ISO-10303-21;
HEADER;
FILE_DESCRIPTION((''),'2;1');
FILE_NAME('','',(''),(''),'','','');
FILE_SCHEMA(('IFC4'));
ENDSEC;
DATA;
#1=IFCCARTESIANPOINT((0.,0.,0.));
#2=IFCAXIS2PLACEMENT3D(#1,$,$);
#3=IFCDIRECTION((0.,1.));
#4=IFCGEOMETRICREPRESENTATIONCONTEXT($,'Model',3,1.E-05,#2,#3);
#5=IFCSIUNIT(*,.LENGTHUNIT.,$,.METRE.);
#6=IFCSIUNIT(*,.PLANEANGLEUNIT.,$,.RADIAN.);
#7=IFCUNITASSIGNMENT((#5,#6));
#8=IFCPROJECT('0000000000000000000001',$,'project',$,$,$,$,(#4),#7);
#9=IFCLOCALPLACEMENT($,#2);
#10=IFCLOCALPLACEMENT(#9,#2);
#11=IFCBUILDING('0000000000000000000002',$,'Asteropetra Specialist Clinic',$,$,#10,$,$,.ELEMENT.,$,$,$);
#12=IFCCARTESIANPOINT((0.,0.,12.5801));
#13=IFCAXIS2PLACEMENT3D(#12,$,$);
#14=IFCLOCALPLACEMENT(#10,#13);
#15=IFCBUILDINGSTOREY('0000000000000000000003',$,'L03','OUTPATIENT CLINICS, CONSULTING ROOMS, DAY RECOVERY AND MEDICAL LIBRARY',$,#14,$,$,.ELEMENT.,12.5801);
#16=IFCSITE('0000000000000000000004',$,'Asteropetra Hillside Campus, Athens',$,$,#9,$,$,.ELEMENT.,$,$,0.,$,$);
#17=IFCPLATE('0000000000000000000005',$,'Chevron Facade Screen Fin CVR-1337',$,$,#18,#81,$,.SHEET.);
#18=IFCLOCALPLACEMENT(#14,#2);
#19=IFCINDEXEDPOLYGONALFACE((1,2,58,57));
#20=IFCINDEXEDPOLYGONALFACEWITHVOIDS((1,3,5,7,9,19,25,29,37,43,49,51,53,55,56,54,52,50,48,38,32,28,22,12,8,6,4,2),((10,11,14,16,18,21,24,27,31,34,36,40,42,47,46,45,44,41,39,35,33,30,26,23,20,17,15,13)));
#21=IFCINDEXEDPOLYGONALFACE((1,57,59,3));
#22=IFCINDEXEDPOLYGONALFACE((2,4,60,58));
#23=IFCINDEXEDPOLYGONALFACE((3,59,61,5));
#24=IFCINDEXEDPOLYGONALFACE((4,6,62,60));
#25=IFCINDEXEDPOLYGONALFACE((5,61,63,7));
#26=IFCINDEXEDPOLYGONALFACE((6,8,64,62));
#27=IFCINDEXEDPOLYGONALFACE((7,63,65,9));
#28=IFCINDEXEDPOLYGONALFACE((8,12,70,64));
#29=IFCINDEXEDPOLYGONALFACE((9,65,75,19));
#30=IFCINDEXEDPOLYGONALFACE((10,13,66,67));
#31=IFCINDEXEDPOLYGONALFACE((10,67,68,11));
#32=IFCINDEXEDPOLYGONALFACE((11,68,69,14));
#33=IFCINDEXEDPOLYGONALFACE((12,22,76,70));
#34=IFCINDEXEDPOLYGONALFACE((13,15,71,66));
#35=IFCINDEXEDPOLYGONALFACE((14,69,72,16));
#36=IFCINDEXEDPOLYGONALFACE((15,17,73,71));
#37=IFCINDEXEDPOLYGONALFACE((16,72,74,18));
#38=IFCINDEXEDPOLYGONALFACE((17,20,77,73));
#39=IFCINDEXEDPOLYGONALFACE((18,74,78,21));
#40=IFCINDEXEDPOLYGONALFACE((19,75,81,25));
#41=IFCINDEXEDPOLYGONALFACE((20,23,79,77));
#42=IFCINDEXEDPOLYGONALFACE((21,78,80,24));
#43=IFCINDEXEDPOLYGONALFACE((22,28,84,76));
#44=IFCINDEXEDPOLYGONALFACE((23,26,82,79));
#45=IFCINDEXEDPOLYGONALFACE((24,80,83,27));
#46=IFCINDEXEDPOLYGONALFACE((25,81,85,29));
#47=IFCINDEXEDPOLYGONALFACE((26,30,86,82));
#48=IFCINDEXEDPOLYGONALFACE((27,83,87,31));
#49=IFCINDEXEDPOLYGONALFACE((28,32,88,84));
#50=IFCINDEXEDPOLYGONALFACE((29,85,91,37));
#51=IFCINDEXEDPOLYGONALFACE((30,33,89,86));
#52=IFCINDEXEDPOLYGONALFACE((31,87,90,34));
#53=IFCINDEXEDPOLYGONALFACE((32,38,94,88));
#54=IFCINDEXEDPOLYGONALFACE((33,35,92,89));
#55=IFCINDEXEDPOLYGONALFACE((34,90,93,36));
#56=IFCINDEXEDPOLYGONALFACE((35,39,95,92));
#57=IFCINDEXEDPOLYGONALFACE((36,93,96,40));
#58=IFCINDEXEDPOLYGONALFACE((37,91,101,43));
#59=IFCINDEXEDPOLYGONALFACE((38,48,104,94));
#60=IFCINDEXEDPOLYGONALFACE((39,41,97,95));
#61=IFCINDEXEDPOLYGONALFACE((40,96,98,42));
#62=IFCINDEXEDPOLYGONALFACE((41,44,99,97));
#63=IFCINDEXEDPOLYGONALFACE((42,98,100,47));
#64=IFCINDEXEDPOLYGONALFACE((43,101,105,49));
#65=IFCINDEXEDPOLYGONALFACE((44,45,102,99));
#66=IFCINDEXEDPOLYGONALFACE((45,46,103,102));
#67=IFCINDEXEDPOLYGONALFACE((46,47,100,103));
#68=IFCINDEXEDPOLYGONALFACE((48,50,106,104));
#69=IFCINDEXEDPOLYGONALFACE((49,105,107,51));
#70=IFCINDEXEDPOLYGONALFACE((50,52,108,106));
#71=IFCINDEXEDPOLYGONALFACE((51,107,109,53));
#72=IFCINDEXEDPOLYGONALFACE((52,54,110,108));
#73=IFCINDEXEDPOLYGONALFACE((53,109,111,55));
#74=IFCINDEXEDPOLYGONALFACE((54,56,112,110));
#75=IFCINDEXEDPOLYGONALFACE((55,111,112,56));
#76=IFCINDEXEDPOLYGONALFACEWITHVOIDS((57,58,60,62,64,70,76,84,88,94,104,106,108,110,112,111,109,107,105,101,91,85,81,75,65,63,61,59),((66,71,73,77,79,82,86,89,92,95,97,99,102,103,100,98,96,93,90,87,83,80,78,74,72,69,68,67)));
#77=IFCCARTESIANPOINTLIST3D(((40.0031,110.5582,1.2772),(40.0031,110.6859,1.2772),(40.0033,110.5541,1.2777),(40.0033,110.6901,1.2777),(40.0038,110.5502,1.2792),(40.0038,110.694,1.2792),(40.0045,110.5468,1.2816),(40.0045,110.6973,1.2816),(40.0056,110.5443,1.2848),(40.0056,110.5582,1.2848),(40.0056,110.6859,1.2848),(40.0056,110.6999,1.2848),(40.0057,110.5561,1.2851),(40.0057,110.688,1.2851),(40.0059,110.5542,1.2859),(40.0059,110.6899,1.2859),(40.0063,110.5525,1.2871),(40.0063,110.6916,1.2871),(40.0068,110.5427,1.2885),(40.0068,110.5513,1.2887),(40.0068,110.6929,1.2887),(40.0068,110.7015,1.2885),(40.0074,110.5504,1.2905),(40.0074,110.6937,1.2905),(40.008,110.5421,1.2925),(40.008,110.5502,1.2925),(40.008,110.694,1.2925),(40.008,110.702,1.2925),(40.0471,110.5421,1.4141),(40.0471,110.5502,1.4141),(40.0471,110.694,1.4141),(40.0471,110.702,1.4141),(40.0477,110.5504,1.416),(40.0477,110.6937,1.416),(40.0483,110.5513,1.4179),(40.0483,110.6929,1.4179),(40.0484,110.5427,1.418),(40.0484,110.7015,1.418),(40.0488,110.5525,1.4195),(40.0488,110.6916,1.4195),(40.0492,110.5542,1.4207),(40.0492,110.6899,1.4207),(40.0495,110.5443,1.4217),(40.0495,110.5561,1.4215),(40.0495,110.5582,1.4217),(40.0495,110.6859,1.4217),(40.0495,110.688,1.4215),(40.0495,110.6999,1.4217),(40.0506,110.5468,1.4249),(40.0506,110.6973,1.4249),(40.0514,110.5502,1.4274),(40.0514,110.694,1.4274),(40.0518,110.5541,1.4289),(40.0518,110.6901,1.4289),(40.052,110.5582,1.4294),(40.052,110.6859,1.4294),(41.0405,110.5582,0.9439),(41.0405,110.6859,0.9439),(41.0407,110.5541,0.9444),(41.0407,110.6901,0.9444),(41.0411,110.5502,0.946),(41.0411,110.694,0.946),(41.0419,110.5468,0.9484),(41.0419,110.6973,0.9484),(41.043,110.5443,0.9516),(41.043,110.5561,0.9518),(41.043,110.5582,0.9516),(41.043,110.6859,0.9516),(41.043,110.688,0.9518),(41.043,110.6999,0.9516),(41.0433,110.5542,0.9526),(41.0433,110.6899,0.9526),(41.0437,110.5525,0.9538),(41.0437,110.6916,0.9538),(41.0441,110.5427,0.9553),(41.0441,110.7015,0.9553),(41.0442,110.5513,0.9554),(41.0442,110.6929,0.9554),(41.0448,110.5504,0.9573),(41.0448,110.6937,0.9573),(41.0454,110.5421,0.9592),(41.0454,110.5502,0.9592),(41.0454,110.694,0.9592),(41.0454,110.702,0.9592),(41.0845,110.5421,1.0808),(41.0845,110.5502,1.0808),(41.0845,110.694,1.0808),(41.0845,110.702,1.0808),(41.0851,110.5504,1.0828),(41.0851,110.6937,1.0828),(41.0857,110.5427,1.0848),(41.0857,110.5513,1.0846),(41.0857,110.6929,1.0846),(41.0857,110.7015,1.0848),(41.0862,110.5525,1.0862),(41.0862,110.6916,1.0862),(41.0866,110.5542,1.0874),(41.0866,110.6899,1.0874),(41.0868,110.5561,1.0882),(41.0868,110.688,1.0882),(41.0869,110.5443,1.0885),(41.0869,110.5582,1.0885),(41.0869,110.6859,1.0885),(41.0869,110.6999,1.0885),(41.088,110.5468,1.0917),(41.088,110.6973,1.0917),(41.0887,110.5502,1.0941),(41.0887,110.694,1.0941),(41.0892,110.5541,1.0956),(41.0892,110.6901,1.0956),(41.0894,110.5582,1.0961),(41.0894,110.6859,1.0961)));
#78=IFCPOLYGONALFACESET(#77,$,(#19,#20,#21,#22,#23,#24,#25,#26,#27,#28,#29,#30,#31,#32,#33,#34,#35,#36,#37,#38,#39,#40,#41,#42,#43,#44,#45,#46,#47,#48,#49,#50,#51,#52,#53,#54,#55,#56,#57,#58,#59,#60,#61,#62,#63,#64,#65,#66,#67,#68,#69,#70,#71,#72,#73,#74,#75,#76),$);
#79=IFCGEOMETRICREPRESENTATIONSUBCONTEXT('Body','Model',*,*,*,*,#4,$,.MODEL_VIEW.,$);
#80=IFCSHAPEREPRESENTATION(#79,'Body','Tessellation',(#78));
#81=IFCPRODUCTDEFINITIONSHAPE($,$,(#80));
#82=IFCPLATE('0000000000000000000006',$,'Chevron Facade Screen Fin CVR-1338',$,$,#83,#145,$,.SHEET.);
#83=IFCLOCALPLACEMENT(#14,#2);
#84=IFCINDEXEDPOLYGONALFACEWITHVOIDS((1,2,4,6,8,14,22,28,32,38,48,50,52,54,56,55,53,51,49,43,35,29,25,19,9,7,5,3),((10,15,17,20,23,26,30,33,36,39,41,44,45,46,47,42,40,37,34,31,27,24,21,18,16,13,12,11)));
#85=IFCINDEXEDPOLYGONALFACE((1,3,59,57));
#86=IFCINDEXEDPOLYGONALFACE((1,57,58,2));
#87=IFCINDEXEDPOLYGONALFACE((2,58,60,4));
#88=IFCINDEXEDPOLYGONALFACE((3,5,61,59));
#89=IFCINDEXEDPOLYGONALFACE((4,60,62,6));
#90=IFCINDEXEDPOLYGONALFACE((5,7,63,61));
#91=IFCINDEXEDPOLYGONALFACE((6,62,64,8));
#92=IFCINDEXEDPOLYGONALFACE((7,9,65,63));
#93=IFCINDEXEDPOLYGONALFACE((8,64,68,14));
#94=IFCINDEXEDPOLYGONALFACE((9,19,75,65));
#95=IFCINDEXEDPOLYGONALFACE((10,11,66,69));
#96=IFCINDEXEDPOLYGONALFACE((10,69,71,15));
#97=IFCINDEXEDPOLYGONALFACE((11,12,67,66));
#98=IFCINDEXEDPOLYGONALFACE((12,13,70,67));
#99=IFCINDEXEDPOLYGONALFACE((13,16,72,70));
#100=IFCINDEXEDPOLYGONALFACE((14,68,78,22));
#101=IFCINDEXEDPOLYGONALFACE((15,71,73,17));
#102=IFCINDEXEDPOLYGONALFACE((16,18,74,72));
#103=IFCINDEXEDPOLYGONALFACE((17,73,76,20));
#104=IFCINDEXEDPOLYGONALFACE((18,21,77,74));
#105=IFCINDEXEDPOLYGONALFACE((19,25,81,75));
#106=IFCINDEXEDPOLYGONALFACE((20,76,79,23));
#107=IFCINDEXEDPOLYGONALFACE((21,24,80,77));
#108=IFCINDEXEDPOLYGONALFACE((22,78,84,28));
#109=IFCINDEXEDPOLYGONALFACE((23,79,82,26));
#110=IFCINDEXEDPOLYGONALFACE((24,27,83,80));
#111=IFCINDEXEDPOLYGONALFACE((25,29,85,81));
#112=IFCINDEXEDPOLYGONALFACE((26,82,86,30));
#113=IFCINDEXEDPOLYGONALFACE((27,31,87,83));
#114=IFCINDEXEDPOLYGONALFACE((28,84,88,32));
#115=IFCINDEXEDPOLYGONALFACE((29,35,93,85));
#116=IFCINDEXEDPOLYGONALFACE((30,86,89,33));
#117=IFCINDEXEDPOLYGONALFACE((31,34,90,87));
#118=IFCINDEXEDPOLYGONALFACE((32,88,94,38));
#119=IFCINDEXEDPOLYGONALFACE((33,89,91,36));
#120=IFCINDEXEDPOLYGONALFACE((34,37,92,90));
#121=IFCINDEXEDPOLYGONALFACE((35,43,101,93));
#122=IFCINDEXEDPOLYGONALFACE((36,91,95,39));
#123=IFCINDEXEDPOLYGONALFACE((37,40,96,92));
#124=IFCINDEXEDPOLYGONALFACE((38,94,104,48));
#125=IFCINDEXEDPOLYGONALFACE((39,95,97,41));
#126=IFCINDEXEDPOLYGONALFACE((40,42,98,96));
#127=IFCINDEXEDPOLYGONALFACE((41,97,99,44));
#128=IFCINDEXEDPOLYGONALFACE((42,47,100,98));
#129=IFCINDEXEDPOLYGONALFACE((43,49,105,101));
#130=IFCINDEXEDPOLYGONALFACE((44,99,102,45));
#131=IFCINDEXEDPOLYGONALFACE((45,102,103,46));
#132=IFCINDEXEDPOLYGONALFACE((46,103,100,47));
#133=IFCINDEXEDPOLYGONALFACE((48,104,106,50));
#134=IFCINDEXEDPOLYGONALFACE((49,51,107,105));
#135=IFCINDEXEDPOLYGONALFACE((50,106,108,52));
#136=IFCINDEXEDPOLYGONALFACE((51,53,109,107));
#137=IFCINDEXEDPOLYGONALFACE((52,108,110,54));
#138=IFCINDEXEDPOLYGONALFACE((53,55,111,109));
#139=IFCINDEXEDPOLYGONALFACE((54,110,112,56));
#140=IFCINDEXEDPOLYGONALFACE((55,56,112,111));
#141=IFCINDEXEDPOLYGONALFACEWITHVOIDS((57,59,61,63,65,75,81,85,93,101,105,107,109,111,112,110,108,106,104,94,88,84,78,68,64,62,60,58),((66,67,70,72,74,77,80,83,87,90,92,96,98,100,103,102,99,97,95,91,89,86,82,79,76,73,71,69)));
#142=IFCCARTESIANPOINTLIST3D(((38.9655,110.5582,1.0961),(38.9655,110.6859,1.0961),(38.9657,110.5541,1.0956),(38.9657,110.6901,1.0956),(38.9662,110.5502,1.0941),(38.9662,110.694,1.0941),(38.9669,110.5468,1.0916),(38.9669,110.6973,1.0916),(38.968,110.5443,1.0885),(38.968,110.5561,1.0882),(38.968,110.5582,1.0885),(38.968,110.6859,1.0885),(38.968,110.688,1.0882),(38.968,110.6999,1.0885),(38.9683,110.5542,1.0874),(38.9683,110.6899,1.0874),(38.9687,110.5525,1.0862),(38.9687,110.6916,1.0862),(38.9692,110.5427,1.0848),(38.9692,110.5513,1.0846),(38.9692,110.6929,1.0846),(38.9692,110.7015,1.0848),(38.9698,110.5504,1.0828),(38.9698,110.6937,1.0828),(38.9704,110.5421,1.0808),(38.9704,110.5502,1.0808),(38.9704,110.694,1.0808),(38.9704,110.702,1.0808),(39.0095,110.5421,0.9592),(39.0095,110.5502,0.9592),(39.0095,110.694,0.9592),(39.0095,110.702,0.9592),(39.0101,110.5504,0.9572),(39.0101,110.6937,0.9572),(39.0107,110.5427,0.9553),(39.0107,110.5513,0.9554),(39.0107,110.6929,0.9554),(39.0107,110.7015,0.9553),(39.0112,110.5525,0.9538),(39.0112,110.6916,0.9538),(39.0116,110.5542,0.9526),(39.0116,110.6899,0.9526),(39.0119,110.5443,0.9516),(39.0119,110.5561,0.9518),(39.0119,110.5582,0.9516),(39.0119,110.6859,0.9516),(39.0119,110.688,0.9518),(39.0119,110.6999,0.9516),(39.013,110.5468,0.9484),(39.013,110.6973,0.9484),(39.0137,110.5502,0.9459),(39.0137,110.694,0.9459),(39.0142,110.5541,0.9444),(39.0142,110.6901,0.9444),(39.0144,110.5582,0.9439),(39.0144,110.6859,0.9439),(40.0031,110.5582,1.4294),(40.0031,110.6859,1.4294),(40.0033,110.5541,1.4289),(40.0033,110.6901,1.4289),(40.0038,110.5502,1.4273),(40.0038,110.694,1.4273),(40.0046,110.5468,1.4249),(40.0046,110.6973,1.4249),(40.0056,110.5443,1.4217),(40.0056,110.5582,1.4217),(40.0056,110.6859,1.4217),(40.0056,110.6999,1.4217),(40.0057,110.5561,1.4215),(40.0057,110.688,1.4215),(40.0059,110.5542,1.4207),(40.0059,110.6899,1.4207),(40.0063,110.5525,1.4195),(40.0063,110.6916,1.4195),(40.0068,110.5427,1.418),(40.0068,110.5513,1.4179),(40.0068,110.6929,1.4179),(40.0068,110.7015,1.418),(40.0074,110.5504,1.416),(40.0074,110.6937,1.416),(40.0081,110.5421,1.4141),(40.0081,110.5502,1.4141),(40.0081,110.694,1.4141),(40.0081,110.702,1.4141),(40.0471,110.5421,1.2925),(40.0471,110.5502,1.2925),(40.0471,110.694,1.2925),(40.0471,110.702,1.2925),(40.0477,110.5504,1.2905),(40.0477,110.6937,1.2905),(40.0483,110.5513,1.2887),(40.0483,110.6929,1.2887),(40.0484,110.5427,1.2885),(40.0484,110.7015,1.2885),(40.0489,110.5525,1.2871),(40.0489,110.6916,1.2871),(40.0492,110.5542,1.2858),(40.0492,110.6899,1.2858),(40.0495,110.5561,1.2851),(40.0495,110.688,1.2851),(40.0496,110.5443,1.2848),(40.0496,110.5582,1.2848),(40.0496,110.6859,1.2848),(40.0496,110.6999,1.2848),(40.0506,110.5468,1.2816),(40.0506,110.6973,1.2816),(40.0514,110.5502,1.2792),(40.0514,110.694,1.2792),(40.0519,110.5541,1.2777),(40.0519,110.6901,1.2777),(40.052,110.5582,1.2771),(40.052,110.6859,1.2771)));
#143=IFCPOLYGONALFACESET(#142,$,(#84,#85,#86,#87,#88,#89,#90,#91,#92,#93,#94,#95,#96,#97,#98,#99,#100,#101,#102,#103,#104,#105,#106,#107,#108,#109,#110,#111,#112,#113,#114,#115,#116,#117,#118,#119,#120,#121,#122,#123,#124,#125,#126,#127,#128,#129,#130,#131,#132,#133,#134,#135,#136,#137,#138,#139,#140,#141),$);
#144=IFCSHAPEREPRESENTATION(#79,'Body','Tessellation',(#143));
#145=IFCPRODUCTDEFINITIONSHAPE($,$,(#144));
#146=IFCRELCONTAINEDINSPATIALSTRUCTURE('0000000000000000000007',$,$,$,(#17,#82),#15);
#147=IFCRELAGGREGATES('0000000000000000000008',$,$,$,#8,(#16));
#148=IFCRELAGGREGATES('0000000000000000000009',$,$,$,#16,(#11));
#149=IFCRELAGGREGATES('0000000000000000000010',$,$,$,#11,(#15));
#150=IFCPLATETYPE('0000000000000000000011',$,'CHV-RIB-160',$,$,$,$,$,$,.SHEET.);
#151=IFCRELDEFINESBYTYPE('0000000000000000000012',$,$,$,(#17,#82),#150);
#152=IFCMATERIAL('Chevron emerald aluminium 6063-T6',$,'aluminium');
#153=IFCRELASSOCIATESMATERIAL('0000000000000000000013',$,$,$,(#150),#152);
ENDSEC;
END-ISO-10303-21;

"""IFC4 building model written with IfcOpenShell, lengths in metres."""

from ifc_helpers import new_model, si_unit, direction, frame, origin, origin_2d, place, context, subcontext, project, spatial, hollow_rectangle, extrude, material, material_profile, profile_set, type_object, element, save


model = new_model("IFC4")

# Units and contexts
model_context = context("Model", 3, precision=1e-05, world=origin(), true_north=direction((0.0, 1.0)))
body_context = subcontext(model_context, "Body", "Model", "MODEL_VIEW")
ifc_project = project(units=[si_unit("LENGTHUNIT", "METRE"), si_unit("PLANEANGLEUNIT", "RADIAN")], contexts=[model_context])

# Site, building, storey
site_placement = place(None, origin())
site = spatial("IfcSite", under=ifc_project, at=site_placement, Name="Asteropetra Hillside Campus, Athens", CompositionType="ELEMENT", RefElevation=0.0)
building_placement = place(site_placement, origin())
building = spatial("IfcBuilding", under=site, at=building_placement, Name="Asteropetra Specialist Clinic", CompositionType="ELEMENT")
storey_placement = place(building_placement, frame((0.0, 0.0, 12.5801)))
storey = spatial("IfcBuildingStorey", under=building, at=storey_placement, Name="L03", Description="OUTPATIENT CLINICS, CONSULTING ROOMS, DAY RECOVERY AND MEDICAL LIBRARY", CompositionType="ELEMENT", Elevation=12.5801)

# Plates
ifc_material_1 = material(Name="Chevron emerald aluminium 6063-T6", Category="aluminium")
ifc_material_profile = material_profile(ifc_material_1, hollow_rectangle(XDim=0.1599, YDim=0.1599, WallThickness=0.0081, InnerFilletRadius=0.0081, OuterFilletRadius=0.0161, at=origin_2d()), Name="SHS 160x160x8.0")
ifc_profile_set = profile_set([ifc_material_profile], Name="Chevron emerald aluminium 6063-T6")
plate_type_1 = type_object("IfcPlateType", Name="CHV-RIB-160", PredefinedType="SHEET", material=ifc_profile_set)
plate_1_placement = place(storey_placement, frame((41.0649, 110.6221, 1.02), z_axis=(-0.952078, 0.0, 0.305857), x_axis=(0.0, -1.0, 0.0)))
element("IfcPlate", 1, at=plate_1_placement, inside=storey, type_object=plate_type_1, Name="Chevron Facade Screen Fin CVR-1337", PredefinedType="SHEET", context=body_context, shape_type="SweptSolid", body=[
    extrude(hollow_rectangle(XDim=0.1599, YDim=0.1599, WallThickness=0.0081, InnerFilletRadius=0.0081, OuterFilletRadius=0.0161, at=origin_2d()), origin(), (0.0, 0.0, 1.0), 1.0896),
])
plate_2_placement = place(storey_placement, frame((40.0276, 110.6221, 1.3533), z_axis=(-0.952098, 0.0, -0.305792), x_axis=(0.0, -1.0, 0.0)))
element("IfcPlate", 2, at=plate_2_placement, inside=storey, type_object=plate_type_1, Name="Chevron Facade Screen Fin CVR-1338", PredefinedType="SHEET", context=body_context, shape_type="SweptSolid", body=[
    extrude(hollow_rectangle(XDim=0.1599, YDim=0.1599, WallThickness=0.0081, InnerFilletRadius=0.0081, OuterFilletRadius=0.0161, at=origin_2d()), origin(), (0.0, 0.0, 1.0), 1.0898),
])

save(model, "model.ifc")
